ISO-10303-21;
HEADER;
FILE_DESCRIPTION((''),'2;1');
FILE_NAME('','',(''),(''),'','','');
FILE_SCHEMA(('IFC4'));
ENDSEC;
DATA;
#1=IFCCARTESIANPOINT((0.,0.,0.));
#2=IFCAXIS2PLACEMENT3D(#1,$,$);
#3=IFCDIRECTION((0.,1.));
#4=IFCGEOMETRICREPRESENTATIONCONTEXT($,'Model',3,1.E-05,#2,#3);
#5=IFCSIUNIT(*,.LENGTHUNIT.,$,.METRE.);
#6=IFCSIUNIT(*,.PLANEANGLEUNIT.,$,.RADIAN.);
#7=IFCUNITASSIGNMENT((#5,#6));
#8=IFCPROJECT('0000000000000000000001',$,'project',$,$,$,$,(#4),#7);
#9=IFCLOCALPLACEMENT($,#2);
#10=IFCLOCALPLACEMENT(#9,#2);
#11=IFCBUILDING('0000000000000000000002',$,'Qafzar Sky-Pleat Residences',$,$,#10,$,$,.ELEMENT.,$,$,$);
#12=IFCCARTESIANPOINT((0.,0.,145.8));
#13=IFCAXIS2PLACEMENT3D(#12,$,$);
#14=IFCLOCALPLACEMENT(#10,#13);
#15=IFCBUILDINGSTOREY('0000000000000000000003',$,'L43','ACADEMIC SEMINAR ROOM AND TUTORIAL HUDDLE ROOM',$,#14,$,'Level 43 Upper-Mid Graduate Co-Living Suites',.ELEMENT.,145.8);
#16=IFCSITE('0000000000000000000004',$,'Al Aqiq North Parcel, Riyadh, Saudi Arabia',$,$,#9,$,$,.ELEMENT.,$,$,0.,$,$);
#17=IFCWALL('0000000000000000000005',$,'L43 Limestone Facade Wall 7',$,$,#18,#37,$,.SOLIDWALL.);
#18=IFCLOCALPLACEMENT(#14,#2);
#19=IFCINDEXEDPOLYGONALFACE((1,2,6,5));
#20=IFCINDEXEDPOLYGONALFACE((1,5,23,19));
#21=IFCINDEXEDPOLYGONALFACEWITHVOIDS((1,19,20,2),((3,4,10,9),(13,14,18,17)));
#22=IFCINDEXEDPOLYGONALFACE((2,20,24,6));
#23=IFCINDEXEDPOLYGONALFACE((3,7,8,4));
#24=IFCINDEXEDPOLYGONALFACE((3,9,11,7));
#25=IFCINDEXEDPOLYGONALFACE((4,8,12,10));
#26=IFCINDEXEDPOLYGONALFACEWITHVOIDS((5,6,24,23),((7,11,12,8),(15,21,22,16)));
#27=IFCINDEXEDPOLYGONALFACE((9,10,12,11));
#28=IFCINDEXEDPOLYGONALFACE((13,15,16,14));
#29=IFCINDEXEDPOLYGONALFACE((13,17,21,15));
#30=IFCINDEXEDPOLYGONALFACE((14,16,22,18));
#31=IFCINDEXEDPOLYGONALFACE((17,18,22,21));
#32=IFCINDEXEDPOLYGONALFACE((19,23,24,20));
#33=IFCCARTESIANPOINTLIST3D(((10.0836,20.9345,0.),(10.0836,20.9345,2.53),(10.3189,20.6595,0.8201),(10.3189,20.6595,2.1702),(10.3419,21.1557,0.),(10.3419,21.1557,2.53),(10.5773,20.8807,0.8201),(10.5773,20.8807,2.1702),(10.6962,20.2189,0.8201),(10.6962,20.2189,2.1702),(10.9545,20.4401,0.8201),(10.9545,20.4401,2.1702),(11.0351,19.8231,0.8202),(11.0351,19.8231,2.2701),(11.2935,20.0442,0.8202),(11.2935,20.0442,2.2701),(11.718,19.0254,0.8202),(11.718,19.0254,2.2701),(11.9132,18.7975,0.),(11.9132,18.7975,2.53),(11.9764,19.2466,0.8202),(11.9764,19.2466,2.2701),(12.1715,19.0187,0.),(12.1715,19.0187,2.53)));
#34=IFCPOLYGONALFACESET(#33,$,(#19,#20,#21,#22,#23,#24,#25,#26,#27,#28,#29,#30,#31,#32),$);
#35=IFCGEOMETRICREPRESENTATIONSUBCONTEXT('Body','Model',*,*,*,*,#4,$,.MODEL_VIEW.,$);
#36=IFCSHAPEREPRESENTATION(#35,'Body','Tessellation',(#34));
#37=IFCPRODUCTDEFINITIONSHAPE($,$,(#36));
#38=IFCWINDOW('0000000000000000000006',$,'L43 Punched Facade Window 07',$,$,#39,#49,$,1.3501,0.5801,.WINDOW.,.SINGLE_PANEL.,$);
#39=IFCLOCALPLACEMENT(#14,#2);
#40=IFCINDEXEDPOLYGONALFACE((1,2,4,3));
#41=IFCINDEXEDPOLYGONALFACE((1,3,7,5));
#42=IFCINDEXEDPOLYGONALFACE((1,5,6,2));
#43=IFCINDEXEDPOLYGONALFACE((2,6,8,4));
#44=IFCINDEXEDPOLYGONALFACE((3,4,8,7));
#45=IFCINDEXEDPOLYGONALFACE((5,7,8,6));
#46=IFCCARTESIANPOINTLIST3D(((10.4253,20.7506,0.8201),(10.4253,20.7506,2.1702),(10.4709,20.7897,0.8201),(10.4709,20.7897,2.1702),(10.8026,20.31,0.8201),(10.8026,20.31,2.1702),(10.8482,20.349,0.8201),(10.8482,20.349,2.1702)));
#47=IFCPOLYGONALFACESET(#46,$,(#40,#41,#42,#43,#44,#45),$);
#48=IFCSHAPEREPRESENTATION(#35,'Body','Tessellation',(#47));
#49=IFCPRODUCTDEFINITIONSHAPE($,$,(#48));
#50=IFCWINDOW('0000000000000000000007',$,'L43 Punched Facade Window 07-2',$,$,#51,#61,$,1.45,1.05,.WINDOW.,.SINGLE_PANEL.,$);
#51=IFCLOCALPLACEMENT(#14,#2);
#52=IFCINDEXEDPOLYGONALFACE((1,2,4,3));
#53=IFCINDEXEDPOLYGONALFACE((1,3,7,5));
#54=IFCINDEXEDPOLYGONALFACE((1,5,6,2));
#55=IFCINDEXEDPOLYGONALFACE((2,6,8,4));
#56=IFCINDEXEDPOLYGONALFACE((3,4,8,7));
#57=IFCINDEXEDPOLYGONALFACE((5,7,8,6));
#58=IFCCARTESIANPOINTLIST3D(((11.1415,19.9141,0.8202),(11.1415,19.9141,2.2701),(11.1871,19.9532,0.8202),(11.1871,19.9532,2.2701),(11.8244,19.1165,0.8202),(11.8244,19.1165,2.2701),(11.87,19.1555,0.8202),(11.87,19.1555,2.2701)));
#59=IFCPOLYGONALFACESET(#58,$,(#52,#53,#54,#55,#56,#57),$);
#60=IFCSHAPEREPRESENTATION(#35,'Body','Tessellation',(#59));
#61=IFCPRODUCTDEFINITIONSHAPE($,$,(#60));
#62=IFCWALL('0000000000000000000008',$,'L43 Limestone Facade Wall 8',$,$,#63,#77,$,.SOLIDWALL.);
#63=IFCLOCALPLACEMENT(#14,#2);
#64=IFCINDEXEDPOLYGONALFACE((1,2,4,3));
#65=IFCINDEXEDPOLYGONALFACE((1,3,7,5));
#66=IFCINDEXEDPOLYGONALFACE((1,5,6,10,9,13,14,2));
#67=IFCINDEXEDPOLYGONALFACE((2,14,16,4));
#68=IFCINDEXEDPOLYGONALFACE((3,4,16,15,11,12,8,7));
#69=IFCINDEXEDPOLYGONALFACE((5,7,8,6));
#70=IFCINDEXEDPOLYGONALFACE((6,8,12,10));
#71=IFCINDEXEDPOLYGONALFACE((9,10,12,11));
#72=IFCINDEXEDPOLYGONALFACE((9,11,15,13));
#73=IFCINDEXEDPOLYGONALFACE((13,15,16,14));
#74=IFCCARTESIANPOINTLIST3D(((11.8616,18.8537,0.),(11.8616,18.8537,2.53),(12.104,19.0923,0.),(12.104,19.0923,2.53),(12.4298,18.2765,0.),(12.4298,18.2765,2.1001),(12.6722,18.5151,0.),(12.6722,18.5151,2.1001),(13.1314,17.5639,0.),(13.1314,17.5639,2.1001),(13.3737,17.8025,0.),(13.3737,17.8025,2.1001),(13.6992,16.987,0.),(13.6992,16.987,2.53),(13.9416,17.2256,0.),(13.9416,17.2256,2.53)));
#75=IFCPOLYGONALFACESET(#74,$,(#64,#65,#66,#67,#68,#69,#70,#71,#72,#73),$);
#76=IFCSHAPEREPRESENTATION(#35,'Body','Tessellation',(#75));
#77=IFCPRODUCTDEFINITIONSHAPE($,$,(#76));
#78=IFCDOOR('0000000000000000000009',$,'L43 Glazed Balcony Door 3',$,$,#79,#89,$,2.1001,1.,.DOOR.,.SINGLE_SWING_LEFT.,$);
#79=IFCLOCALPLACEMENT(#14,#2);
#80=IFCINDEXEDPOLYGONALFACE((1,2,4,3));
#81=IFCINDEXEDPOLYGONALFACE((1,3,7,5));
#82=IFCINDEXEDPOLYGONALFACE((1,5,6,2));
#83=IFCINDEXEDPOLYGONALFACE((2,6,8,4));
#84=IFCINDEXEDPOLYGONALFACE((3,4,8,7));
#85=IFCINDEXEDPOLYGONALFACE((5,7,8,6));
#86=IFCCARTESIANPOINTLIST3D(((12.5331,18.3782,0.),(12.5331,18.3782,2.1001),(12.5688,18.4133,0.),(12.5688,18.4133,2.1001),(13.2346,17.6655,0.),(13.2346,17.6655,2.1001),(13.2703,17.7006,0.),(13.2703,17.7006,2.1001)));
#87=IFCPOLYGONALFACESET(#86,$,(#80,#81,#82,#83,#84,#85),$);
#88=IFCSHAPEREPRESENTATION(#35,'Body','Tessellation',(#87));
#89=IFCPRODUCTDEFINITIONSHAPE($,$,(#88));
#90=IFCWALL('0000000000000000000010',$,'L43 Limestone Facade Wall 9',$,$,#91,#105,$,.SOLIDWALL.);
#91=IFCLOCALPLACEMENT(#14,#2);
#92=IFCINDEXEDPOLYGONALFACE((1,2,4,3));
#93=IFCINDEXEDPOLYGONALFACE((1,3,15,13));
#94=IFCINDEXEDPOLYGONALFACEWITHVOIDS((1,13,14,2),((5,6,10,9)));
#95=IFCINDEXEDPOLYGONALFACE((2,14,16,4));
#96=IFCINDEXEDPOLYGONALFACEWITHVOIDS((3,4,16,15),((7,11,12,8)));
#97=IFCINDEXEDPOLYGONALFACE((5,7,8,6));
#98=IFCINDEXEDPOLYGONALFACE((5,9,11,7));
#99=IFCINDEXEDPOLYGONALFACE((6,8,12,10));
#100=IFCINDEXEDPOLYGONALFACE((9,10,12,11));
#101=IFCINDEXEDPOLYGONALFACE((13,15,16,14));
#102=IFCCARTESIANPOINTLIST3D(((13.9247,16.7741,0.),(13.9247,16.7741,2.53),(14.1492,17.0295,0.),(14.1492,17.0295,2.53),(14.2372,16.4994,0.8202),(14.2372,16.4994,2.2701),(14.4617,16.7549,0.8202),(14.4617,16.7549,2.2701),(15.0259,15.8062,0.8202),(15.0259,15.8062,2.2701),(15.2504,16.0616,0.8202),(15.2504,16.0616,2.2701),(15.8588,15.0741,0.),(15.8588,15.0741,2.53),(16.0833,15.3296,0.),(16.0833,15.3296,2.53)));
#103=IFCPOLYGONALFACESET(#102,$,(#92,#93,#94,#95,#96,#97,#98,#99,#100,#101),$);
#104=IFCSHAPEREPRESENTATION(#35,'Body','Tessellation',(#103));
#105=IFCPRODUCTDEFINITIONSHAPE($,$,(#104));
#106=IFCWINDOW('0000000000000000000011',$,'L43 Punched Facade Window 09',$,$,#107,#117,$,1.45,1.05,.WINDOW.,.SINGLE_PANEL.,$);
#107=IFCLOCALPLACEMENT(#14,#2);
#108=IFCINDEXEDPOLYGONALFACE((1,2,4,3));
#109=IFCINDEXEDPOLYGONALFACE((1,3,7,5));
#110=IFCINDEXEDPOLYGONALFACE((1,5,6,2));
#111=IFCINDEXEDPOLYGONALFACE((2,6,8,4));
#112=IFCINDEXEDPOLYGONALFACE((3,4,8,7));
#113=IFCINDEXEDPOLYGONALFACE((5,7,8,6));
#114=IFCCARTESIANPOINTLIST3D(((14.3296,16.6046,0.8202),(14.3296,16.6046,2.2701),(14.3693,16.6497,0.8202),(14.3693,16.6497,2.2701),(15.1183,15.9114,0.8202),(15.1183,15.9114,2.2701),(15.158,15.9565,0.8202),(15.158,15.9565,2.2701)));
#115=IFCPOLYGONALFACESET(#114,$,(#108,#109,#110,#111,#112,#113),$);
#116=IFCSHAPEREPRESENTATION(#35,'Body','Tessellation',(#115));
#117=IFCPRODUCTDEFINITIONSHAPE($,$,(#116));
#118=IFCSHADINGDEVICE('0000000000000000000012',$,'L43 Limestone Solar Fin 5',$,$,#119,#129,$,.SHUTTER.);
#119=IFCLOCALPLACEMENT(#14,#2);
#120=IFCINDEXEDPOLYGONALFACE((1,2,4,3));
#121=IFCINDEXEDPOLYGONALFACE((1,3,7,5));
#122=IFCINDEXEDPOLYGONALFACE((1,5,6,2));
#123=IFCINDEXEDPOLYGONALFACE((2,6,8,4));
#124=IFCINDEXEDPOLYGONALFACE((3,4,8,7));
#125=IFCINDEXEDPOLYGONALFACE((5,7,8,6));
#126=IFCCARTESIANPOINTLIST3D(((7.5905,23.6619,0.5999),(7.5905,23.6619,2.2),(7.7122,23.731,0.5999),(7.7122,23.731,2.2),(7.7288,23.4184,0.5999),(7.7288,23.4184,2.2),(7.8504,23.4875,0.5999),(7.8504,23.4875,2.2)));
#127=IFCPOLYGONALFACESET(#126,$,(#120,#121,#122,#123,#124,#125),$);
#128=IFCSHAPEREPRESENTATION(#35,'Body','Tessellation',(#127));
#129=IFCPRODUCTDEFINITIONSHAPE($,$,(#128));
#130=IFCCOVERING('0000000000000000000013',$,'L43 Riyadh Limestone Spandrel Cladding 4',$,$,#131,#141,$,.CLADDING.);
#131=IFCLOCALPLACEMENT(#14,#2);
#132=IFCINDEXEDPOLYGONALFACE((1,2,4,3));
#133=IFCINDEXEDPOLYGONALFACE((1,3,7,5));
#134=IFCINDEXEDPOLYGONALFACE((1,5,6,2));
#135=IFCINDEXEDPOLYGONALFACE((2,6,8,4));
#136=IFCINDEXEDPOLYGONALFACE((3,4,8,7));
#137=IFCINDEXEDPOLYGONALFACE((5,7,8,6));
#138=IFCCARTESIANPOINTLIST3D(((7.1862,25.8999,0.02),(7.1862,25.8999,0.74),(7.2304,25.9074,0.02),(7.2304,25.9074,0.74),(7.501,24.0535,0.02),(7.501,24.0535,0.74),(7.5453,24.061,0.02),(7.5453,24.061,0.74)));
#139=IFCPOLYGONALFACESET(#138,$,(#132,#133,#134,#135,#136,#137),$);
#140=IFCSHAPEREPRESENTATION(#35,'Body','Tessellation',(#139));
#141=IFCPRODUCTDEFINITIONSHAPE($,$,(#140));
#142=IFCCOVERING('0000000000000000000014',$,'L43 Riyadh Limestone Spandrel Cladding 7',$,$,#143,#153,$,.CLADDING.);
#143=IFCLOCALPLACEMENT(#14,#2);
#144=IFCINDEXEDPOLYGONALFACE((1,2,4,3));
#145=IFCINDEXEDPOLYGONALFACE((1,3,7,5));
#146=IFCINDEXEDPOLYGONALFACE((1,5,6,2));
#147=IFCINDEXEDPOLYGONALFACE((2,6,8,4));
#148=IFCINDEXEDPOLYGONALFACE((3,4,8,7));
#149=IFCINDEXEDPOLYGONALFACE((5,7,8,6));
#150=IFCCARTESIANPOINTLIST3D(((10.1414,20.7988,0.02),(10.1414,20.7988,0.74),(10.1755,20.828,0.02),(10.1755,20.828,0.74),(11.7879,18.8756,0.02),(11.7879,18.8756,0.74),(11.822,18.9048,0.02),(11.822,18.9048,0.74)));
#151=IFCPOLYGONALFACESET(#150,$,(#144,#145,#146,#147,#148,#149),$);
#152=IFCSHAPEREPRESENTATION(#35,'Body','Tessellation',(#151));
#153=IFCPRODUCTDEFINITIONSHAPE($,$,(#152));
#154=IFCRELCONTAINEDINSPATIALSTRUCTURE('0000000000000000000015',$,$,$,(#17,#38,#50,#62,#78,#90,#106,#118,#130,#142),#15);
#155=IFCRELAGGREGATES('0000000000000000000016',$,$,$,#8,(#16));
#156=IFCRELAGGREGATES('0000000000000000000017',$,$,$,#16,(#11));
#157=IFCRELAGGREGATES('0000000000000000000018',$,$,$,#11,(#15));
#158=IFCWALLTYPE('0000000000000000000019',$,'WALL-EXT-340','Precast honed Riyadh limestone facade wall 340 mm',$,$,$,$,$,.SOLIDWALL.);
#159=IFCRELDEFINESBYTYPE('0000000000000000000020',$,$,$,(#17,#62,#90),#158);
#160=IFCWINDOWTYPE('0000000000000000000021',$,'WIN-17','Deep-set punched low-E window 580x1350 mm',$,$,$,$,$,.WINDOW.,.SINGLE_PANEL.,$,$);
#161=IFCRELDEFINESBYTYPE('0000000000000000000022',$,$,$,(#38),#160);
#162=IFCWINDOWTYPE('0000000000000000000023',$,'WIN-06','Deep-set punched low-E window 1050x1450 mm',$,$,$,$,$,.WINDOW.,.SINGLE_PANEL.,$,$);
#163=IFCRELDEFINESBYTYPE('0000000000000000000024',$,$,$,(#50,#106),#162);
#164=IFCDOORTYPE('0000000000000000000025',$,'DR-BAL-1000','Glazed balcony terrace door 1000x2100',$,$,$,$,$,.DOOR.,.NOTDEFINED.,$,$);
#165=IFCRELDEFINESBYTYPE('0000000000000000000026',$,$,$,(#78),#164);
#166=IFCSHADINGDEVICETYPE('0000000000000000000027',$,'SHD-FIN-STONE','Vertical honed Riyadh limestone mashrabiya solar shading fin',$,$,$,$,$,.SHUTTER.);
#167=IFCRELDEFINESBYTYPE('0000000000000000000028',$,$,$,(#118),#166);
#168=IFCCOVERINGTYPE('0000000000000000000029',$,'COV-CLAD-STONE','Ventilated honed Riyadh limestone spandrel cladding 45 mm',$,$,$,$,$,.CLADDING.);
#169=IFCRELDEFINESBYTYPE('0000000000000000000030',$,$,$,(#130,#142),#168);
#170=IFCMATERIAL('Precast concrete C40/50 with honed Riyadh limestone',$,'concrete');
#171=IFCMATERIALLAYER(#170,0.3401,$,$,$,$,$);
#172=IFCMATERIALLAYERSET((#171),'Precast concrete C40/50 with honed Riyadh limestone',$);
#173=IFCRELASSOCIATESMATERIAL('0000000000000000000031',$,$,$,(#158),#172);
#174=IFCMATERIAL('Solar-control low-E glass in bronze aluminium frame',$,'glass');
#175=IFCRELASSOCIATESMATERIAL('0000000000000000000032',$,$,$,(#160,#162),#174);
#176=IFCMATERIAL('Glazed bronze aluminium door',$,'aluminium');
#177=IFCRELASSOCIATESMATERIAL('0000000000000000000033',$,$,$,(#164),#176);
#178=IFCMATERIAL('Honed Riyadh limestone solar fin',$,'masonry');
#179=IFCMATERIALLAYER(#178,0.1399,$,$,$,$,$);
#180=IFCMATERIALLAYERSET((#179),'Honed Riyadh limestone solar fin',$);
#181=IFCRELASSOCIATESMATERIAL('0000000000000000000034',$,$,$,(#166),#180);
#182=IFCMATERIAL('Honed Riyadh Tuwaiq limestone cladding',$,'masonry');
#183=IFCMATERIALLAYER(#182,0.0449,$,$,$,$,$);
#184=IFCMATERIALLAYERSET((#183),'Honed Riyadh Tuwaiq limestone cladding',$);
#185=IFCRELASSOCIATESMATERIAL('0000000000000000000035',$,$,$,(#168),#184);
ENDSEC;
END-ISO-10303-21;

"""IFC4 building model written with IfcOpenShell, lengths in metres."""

from ifc_helpers import new_model, si_unit, direction, frame, frame_2d, origin, origin_2d, place, context, subcontext, project, spatial, rectangle, extrude, source, transform, mapped, material, layer, layer_set, type_object, element, fill, save


model = new_model("IFC4")

# Units and contexts
model_context = context("Model", 3, precision=1e-05, world=origin(), true_north=direction((0.0, 1.0)))
body_context = subcontext(model_context, "Body", "Model", "MODEL_VIEW")
ifc_project = project(units=[si_unit("LENGTHUNIT", "METRE"), si_unit("PLANEANGLEUNIT", "RADIAN")], contexts=[model_context])

# Site, building, storey
site_placement = place(None, origin())
site = spatial("IfcSite", under=ifc_project, at=site_placement, Name="Al Aqiq North Parcel, Riyadh, Saudi Arabia", CompositionType="ELEMENT", RefElevation=0.0)
building_placement = place(site_placement, origin())
building = spatial("IfcBuilding", under=site, at=building_placement, Name="Qafzar Sky-Pleat Residences", CompositionType="ELEMENT")
storey_placement = place(building_placement, frame((0.0, 0.0, 145.8)))
storey = spatial("IfcBuildingStorey", under=building, at=storey_placement, Name="L43", Description="ACADEMIC SEMINAR ROOM AND TUTORIAL HUDDLE ROOM", LongName="Level 43 Upper-Mid Graduate Co-Living Suites", CompositionType="ELEMENT", Elevation=145.8)

# Shared definitions
ifc_material_1 = material(Name="Precast concrete C40/50 with honed Riyadh limestone", Category="concrete")
ifc_layer_1 = layer(ifc_material_1, 0.3401)
ifc_layer_set_1 = layer_set([ifc_layer_1], Name="Precast concrete C40/50 with honed Riyadh limestone")
wall_type_1 = type_object("IfcWallType", Name="WALL-EXT-340", Description="Precast honed Riyadh limestone facade wall 340 mm", PredefinedType="SOLIDWALL", material=ifc_layer_set_1)
ifc_material_2 = material(Name="Solar-control low-E glass in bronze aluminium frame", Category="glass")

# Wall, openings, windows
wall_1_placement = place(storey_placement, frame((10.2126, 21.0452, 0.0), z_axis=(0.0, 0.0, 1.0), x_axis=(0.650362, -0.759624, 0.0)))
wall_1 = element("IfcWall", 1, at=wall_1_placement, inside=storey, type_object=wall_type_1, Name="L43 Limestone Facade Wall 7", PredefinedType="SOLIDWALL", context=body_context, shape_type="SweptSolid", body=[
    extrude(rectangle(XDim=2.8132, YDim=0.3401, at=frame_2d((1.4067, 0.0))), origin(), (0.0, 0.0, 1.0), 2.53),
])
opening_1_placement = place(wall_1_placement, frame((0.3621, 0.0, 0.8201)))
opening_1 = element("IfcOpeningElement", 2, at=opening_1_placement, cuts=wall_1, PredefinedType="OPENING", context=body_context, shape_type="SweptSolid", body=[
    extrude(rectangle(XDim=0.5801, YDim=1.3501, at=frame_2d((0.29, 0.675))), frame((0.0, 0.1802, 0.0), z_axis=(0.0, -1.0, 0.0), x_axis=(1.0, 0.0, 0.0)), (0.0, 0.0, 1.0), 0.3601),
])
opening_2_placement = place(wall_1_placement, frame((1.4634, 0.0, 0.8201)))
opening_2 = element("IfcOpeningElement", 3, at=opening_2_placement, cuts=wall_1, PredefinedType="OPENING", context=body_context, shape_type="SweptSolid", body=[
    extrude(rectangle(XDim=1.05, YDim=1.45, at=frame_2d((0.5249, 0.7251))), frame((0.0, 0.1802, 0.0), z_axis=(0.0, -1.0, 0.0), x_axis=(1.0, 0.0, 0.0)), (0.0, 0.0, 1.0), 0.3601),
])
window_type_1 = type_object("IfcWindowType", Name="WIN-17", Description="Deep-set punched low-E window 580x1350 mm", PartitioningType="SINGLE_PANEL", PredefinedType="WINDOW", material=ifc_material_2)
shared_shape_1 = source(origin(), body_context, "Body", "SweptSolid", [
    extrude(rectangle(XDim=0.5801, YDim=1.3501, at=frame_2d((0.29, 0.675))), frame((0.0, 0.03, 0.0), z_axis=(0.0, -1.0, 0.0), x_axis=(1.0, 0.0, 0.0)), (0.0, 0.0, 1.0), 0.0601),
])
window_1_placement = place(opening_1_placement, origin())
window_1 = element("IfcWindow", 4, at=window_1_placement, inside=storey, type_object=window_type_1, Name="L43 Punched Facade Window 07", OverallHeight=1.3501, OverallWidth=0.5801, PartitioningType="SINGLE_PANEL", PredefinedType="WINDOW", context=body_context, shape_type="MappedRepresentation", body=[
    mapped(shared_shape_1, transform((0.0, 0.0, 0.0), x_axis=(1.0, 0.0, 0.0), y_axis=(0.0, 1.0, 0.0), z_axis=(0.0, 0.0, 1.0), scale=1.0)),
])
fill(opening_1, window_1)
window_type_2 = type_object("IfcWindowType", Name="WIN-06", Description="Deep-set punched low-E window 1050x1450 mm", PartitioningType="SINGLE_PANEL", PredefinedType="WINDOW", material=ifc_material_2)
shared_shape_2 = source(origin(), body_context, "Body", "SweptSolid", [
    extrude(rectangle(XDim=1.05, YDim=1.45, at=frame_2d((0.5249, 0.7251))), frame((0.0, 0.03, 0.0), z_axis=(0.0, -1.0, 0.0), x_axis=(1.0, 0.0, 0.0)), (0.0, 0.0, 1.0), 0.0601),
])
window_2_placement = place(opening_2_placement, origin())
window_2 = element("IfcWindow", 5, at=window_2_placement, inside=storey, type_object=window_type_2, Name="L43 Punched Facade Window 07-2", OverallHeight=1.45, OverallWidth=1.05, PartitioningType="SINGLE_PANEL", PredefinedType="WINDOW", context=body_context, shape_type="MappedRepresentation", body=[
    mapped(shared_shape_2, transform((0.0, 0.0, 0.0), x_axis=(1.0, 0.0, 0.0), y_axis=(0.0, 1.0, 0.0), z_axis=(0.0, 0.0, 1.0), scale=1.0)),
])
fill(opening_2, window_2)

# Wall, opening, door
wall_2_placement = place(storey_placement, frame((11.9829, 18.9729, 0.0), z_axis=(0.0, 0.0, 1.0), x_axis=(0.701539, -0.712631, 0.0)))
wall_2 = element("IfcWall", 6, at=wall_2_placement, inside=storey, type_object=wall_type_1, Name="L43 Limestone Facade Wall 8", PredefinedType="SOLIDWALL", context=body_context, shape_type="SweptSolid", body=[
    extrude(rectangle(XDim=2.6194, YDim=0.3401, at=frame_2d((1.3096, 0.0))), origin(), (0.0, 0.0, 1.0), 2.53),
])
opening_3_placement = place(wall_2_placement, frame((0.8098, 0.0, 0.0)))
opening_3 = element("IfcOpeningElement", 7, at=opening_3_placement, cuts=wall_2, PredefinedType="OPENING", context=body_context, shape_type="SweptSolid", body=[
    extrude(rectangle(XDim=1.0, YDim=2.1001, at=frame_2d((0.5, 1.05))), frame((0.0, 0.1802, 0.0), z_axis=(0.0, -1.0, 0.0), x_axis=(1.0, 0.0, 0.0)), (0.0, 0.0, 1.0), 0.3601),
])
ifc_material_3 = material(Name="Glazed bronze aluminium door", Category="aluminium")
door_type = type_object("IfcDoorType", Name="DR-BAL-1000", Description="Glazed balcony terrace door 1000x2100", OperationType="NOTDEFINED", PredefinedType="DOOR", material=ifc_material_3)
shared_shape_3 = source(origin(), body_context, "Body", "SweptSolid", [
    extrude(rectangle(XDim=1.0, YDim=2.1001, at=frame_2d((0.5, 1.05))), frame((0.0, 0.0249, 0.0), z_axis=(0.0, -1.0, 0.0), x_axis=(1.0, 0.0, 0.0)), (0.0, 0.0, 1.0), 0.05),
])
door_placement = place(opening_3_placement, origin())
door = element("IfcDoor", 8, at=door_placement, inside=storey, type_object=door_type, Name="L43 Glazed Balcony Door 3", OperationType="SINGLE_SWING_LEFT", OverallHeight=2.1001, OverallWidth=1.0, PredefinedType="DOOR", context=body_context, shape_type="MappedRepresentation", body=[
    mapped(shared_shape_3, transform((0.0, 0.0, 0.0), x_axis=(1.0, 0.0, 0.0), y_axis=(0.0, 1.0, 0.0), z_axis=(0.0, 0.0, 1.0), scale=1.0)),
])
fill(opening_3, door)

# Wall, opening, window
wall_3_placement = place(storey_placement, frame((14.0369, 16.9019, 0.0), z_axis=(0.0, 0.0, 1.0), x_axis=(0.751106, -0.660181, 0.0)))
wall_3 = element("IfcWall", 9, at=wall_3_placement, inside=storey, type_object=wall_type_1, Name="L43 Limestone Facade Wall 9", PredefinedType="SOLIDWALL", context=body_context, shape_type="SweptSolid", body=[
    extrude(rectangle(XDim=2.575, YDim=0.3401, at=frame_2d((1.2876, 0.0))), origin(), (0.0, 0.0, 1.0), 2.53),
])
opening_4_placement = place(wall_3_placement, frame((0.4163, 0.0, 0.8201)))
opening_4 = element("IfcOpeningElement", 10, at=opening_4_placement, cuts=wall_3, PredefinedType="OPENING", context=body_context, shape_type="SweptSolid", body=[
    extrude(rectangle(XDim=1.05, YDim=1.45, at=frame_2d((0.5249, 0.7251))), frame((0.0, 0.1802, 0.0), z_axis=(0.0, -1.0, 0.0), x_axis=(1.0, 0.0, 0.0)), (0.0, 0.0, 1.0), 0.3601),
])
window_3_placement = place(opening_4_placement, origin())
window_3 = element("IfcWindow", 11, at=window_3_placement, inside=storey, type_object=window_type_2, Name="L43 Punched Facade Window 09", OverallHeight=1.45, OverallWidth=1.05, PartitioningType="SINGLE_PANEL", PredefinedType="WINDOW", context=body_context, shape_type="MappedRepresentation", body=[
    mapped(shared_shape_2, transform((0.0, 0.0, 0.0), x_axis=(1.0, 0.0, 0.0), y_axis=(0.0, 1.0, 0.0), z_axis=(0.0, 0.0, 1.0), scale=1.0)),
])
fill(opening_4, window_3)

# Shading device
ifc_material_4 = material(Name="Honed Riyadh limestone solar fin", Category="masonry")
ifc_layer_2 = layer(ifc_material_4, 0.1399)
ifc_layer_set_2 = layer_set([ifc_layer_2], Name="Honed Riyadh limestone solar fin")
shading_device_type = type_object("IfcShadingDeviceType", Name="SHD-FIN-STONE", Description="Vertical honed Riyadh limestone mashrabiya solar shading fin", PredefinedType="SHUTTER", material=ifc_layer_set_2)
shared_shape_4 = source(origin(), body_context, "Body", "SweptSolid", [
    extrude(rectangle(XDim=0.1399, YDim=0.28, at=origin_2d()), origin(), (0.0, 0.0, 1.0), 1.6001),
])
shading_device_placement = place(storey_placement, frame((7.7205, 23.5747, 0.5999), z_axis=(0.0, 0.0, 1.0), x_axis=(-0.869615, -0.493731, 0.0)))
element("IfcShadingDevice", 12, at=shading_device_placement, inside=storey, type_object=shading_device_type, Name="L43 Limestone Solar Fin 5", PredefinedType="SHUTTER", context=body_context, shape_type="MappedRepresentation", body=[
    mapped(shared_shape_4, transform((0.0, 0.0, 0.0), x_axis=(1.0, 0.0, 0.0), y_axis=(0.0, 1.0, 0.0), z_axis=(0.0, 0.0, 1.0), scale=1.0)),
])

# Covering
ifc_material_5 = material(Name="Honed Riyadh Tuwaiq limestone cladding", Category="masonry")
ifc_layer_3 = layer(ifc_material_5, 0.0449)
ifc_layer_set_3 = layer_set([ifc_layer_3], Name="Honed Riyadh Tuwaiq limestone cladding")
covering_type = type_object("IfcCoveringType", Name="COV-CLAD-STONE", Description="Ventilated honed Riyadh limestone spandrel cladding 45 mm", PredefinedType="CLADDING", material=ifc_layer_set_3)
shared_shape_5 = source(origin(), body_context, "Body", "SweptSolid", [
    extrude(rectangle(XDim=1.873, YDim=0.0449, at=origin_2d()), origin(), (0.0, 0.0, 1.0), 0.72),
])
covering_1_placement = place(storey_placement, frame((7.3657, 24.9805, 0.02), z_axis=(0.0, 0.0, 1.0), x_axis=(0.168084, -0.985773, 0.0)))
element("IfcCovering", 13, at=covering_1_placement, inside=storey, type_object=covering_type, Name="L43 Riyadh Limestone Spandrel Cladding 4", PredefinedType="CLADDING", context=body_context, shape_type="MappedRepresentation", body=[
    mapped(shared_shape_5, transform((0.0, 0.0, 0.0), x_axis=(1.0, 0.0, 0.0), y_axis=(0.0, 1.0, 0.0), z_axis=(0.0, 0.0, 1.0), scale=1.0)),
])

# Covering
shared_shape_6 = source(origin(), body_context, "Body", "SweptSolid", [
    extrude(rectangle(XDim=2.5317, YDim=0.0449, at=origin_2d()), origin(), (0.0, 0.0, 1.0), 0.72),
])
covering_2_placement = place(storey_placement, frame((10.9817, 19.8518, 0.02), z_axis=(0.0, 0.0, 1.0), x_axis=(0.650338, -0.759645, 0.0)))
element("IfcCovering", 14, at=covering_2_placement, inside=storey, type_object=covering_type, Name="L43 Riyadh Limestone Spandrel Cladding 7", PredefinedType="CLADDING", context=body_context, shape_type="MappedRepresentation", body=[
    mapped(shared_shape_6, transform((0.0, 0.0, 0.0), x_axis=(1.0, 0.0, 0.0), y_axis=(0.0, 1.0, 0.0), z_axis=(0.0, 0.0, 1.0), scale=1.0)),
])

save(model, "model.ifc")
